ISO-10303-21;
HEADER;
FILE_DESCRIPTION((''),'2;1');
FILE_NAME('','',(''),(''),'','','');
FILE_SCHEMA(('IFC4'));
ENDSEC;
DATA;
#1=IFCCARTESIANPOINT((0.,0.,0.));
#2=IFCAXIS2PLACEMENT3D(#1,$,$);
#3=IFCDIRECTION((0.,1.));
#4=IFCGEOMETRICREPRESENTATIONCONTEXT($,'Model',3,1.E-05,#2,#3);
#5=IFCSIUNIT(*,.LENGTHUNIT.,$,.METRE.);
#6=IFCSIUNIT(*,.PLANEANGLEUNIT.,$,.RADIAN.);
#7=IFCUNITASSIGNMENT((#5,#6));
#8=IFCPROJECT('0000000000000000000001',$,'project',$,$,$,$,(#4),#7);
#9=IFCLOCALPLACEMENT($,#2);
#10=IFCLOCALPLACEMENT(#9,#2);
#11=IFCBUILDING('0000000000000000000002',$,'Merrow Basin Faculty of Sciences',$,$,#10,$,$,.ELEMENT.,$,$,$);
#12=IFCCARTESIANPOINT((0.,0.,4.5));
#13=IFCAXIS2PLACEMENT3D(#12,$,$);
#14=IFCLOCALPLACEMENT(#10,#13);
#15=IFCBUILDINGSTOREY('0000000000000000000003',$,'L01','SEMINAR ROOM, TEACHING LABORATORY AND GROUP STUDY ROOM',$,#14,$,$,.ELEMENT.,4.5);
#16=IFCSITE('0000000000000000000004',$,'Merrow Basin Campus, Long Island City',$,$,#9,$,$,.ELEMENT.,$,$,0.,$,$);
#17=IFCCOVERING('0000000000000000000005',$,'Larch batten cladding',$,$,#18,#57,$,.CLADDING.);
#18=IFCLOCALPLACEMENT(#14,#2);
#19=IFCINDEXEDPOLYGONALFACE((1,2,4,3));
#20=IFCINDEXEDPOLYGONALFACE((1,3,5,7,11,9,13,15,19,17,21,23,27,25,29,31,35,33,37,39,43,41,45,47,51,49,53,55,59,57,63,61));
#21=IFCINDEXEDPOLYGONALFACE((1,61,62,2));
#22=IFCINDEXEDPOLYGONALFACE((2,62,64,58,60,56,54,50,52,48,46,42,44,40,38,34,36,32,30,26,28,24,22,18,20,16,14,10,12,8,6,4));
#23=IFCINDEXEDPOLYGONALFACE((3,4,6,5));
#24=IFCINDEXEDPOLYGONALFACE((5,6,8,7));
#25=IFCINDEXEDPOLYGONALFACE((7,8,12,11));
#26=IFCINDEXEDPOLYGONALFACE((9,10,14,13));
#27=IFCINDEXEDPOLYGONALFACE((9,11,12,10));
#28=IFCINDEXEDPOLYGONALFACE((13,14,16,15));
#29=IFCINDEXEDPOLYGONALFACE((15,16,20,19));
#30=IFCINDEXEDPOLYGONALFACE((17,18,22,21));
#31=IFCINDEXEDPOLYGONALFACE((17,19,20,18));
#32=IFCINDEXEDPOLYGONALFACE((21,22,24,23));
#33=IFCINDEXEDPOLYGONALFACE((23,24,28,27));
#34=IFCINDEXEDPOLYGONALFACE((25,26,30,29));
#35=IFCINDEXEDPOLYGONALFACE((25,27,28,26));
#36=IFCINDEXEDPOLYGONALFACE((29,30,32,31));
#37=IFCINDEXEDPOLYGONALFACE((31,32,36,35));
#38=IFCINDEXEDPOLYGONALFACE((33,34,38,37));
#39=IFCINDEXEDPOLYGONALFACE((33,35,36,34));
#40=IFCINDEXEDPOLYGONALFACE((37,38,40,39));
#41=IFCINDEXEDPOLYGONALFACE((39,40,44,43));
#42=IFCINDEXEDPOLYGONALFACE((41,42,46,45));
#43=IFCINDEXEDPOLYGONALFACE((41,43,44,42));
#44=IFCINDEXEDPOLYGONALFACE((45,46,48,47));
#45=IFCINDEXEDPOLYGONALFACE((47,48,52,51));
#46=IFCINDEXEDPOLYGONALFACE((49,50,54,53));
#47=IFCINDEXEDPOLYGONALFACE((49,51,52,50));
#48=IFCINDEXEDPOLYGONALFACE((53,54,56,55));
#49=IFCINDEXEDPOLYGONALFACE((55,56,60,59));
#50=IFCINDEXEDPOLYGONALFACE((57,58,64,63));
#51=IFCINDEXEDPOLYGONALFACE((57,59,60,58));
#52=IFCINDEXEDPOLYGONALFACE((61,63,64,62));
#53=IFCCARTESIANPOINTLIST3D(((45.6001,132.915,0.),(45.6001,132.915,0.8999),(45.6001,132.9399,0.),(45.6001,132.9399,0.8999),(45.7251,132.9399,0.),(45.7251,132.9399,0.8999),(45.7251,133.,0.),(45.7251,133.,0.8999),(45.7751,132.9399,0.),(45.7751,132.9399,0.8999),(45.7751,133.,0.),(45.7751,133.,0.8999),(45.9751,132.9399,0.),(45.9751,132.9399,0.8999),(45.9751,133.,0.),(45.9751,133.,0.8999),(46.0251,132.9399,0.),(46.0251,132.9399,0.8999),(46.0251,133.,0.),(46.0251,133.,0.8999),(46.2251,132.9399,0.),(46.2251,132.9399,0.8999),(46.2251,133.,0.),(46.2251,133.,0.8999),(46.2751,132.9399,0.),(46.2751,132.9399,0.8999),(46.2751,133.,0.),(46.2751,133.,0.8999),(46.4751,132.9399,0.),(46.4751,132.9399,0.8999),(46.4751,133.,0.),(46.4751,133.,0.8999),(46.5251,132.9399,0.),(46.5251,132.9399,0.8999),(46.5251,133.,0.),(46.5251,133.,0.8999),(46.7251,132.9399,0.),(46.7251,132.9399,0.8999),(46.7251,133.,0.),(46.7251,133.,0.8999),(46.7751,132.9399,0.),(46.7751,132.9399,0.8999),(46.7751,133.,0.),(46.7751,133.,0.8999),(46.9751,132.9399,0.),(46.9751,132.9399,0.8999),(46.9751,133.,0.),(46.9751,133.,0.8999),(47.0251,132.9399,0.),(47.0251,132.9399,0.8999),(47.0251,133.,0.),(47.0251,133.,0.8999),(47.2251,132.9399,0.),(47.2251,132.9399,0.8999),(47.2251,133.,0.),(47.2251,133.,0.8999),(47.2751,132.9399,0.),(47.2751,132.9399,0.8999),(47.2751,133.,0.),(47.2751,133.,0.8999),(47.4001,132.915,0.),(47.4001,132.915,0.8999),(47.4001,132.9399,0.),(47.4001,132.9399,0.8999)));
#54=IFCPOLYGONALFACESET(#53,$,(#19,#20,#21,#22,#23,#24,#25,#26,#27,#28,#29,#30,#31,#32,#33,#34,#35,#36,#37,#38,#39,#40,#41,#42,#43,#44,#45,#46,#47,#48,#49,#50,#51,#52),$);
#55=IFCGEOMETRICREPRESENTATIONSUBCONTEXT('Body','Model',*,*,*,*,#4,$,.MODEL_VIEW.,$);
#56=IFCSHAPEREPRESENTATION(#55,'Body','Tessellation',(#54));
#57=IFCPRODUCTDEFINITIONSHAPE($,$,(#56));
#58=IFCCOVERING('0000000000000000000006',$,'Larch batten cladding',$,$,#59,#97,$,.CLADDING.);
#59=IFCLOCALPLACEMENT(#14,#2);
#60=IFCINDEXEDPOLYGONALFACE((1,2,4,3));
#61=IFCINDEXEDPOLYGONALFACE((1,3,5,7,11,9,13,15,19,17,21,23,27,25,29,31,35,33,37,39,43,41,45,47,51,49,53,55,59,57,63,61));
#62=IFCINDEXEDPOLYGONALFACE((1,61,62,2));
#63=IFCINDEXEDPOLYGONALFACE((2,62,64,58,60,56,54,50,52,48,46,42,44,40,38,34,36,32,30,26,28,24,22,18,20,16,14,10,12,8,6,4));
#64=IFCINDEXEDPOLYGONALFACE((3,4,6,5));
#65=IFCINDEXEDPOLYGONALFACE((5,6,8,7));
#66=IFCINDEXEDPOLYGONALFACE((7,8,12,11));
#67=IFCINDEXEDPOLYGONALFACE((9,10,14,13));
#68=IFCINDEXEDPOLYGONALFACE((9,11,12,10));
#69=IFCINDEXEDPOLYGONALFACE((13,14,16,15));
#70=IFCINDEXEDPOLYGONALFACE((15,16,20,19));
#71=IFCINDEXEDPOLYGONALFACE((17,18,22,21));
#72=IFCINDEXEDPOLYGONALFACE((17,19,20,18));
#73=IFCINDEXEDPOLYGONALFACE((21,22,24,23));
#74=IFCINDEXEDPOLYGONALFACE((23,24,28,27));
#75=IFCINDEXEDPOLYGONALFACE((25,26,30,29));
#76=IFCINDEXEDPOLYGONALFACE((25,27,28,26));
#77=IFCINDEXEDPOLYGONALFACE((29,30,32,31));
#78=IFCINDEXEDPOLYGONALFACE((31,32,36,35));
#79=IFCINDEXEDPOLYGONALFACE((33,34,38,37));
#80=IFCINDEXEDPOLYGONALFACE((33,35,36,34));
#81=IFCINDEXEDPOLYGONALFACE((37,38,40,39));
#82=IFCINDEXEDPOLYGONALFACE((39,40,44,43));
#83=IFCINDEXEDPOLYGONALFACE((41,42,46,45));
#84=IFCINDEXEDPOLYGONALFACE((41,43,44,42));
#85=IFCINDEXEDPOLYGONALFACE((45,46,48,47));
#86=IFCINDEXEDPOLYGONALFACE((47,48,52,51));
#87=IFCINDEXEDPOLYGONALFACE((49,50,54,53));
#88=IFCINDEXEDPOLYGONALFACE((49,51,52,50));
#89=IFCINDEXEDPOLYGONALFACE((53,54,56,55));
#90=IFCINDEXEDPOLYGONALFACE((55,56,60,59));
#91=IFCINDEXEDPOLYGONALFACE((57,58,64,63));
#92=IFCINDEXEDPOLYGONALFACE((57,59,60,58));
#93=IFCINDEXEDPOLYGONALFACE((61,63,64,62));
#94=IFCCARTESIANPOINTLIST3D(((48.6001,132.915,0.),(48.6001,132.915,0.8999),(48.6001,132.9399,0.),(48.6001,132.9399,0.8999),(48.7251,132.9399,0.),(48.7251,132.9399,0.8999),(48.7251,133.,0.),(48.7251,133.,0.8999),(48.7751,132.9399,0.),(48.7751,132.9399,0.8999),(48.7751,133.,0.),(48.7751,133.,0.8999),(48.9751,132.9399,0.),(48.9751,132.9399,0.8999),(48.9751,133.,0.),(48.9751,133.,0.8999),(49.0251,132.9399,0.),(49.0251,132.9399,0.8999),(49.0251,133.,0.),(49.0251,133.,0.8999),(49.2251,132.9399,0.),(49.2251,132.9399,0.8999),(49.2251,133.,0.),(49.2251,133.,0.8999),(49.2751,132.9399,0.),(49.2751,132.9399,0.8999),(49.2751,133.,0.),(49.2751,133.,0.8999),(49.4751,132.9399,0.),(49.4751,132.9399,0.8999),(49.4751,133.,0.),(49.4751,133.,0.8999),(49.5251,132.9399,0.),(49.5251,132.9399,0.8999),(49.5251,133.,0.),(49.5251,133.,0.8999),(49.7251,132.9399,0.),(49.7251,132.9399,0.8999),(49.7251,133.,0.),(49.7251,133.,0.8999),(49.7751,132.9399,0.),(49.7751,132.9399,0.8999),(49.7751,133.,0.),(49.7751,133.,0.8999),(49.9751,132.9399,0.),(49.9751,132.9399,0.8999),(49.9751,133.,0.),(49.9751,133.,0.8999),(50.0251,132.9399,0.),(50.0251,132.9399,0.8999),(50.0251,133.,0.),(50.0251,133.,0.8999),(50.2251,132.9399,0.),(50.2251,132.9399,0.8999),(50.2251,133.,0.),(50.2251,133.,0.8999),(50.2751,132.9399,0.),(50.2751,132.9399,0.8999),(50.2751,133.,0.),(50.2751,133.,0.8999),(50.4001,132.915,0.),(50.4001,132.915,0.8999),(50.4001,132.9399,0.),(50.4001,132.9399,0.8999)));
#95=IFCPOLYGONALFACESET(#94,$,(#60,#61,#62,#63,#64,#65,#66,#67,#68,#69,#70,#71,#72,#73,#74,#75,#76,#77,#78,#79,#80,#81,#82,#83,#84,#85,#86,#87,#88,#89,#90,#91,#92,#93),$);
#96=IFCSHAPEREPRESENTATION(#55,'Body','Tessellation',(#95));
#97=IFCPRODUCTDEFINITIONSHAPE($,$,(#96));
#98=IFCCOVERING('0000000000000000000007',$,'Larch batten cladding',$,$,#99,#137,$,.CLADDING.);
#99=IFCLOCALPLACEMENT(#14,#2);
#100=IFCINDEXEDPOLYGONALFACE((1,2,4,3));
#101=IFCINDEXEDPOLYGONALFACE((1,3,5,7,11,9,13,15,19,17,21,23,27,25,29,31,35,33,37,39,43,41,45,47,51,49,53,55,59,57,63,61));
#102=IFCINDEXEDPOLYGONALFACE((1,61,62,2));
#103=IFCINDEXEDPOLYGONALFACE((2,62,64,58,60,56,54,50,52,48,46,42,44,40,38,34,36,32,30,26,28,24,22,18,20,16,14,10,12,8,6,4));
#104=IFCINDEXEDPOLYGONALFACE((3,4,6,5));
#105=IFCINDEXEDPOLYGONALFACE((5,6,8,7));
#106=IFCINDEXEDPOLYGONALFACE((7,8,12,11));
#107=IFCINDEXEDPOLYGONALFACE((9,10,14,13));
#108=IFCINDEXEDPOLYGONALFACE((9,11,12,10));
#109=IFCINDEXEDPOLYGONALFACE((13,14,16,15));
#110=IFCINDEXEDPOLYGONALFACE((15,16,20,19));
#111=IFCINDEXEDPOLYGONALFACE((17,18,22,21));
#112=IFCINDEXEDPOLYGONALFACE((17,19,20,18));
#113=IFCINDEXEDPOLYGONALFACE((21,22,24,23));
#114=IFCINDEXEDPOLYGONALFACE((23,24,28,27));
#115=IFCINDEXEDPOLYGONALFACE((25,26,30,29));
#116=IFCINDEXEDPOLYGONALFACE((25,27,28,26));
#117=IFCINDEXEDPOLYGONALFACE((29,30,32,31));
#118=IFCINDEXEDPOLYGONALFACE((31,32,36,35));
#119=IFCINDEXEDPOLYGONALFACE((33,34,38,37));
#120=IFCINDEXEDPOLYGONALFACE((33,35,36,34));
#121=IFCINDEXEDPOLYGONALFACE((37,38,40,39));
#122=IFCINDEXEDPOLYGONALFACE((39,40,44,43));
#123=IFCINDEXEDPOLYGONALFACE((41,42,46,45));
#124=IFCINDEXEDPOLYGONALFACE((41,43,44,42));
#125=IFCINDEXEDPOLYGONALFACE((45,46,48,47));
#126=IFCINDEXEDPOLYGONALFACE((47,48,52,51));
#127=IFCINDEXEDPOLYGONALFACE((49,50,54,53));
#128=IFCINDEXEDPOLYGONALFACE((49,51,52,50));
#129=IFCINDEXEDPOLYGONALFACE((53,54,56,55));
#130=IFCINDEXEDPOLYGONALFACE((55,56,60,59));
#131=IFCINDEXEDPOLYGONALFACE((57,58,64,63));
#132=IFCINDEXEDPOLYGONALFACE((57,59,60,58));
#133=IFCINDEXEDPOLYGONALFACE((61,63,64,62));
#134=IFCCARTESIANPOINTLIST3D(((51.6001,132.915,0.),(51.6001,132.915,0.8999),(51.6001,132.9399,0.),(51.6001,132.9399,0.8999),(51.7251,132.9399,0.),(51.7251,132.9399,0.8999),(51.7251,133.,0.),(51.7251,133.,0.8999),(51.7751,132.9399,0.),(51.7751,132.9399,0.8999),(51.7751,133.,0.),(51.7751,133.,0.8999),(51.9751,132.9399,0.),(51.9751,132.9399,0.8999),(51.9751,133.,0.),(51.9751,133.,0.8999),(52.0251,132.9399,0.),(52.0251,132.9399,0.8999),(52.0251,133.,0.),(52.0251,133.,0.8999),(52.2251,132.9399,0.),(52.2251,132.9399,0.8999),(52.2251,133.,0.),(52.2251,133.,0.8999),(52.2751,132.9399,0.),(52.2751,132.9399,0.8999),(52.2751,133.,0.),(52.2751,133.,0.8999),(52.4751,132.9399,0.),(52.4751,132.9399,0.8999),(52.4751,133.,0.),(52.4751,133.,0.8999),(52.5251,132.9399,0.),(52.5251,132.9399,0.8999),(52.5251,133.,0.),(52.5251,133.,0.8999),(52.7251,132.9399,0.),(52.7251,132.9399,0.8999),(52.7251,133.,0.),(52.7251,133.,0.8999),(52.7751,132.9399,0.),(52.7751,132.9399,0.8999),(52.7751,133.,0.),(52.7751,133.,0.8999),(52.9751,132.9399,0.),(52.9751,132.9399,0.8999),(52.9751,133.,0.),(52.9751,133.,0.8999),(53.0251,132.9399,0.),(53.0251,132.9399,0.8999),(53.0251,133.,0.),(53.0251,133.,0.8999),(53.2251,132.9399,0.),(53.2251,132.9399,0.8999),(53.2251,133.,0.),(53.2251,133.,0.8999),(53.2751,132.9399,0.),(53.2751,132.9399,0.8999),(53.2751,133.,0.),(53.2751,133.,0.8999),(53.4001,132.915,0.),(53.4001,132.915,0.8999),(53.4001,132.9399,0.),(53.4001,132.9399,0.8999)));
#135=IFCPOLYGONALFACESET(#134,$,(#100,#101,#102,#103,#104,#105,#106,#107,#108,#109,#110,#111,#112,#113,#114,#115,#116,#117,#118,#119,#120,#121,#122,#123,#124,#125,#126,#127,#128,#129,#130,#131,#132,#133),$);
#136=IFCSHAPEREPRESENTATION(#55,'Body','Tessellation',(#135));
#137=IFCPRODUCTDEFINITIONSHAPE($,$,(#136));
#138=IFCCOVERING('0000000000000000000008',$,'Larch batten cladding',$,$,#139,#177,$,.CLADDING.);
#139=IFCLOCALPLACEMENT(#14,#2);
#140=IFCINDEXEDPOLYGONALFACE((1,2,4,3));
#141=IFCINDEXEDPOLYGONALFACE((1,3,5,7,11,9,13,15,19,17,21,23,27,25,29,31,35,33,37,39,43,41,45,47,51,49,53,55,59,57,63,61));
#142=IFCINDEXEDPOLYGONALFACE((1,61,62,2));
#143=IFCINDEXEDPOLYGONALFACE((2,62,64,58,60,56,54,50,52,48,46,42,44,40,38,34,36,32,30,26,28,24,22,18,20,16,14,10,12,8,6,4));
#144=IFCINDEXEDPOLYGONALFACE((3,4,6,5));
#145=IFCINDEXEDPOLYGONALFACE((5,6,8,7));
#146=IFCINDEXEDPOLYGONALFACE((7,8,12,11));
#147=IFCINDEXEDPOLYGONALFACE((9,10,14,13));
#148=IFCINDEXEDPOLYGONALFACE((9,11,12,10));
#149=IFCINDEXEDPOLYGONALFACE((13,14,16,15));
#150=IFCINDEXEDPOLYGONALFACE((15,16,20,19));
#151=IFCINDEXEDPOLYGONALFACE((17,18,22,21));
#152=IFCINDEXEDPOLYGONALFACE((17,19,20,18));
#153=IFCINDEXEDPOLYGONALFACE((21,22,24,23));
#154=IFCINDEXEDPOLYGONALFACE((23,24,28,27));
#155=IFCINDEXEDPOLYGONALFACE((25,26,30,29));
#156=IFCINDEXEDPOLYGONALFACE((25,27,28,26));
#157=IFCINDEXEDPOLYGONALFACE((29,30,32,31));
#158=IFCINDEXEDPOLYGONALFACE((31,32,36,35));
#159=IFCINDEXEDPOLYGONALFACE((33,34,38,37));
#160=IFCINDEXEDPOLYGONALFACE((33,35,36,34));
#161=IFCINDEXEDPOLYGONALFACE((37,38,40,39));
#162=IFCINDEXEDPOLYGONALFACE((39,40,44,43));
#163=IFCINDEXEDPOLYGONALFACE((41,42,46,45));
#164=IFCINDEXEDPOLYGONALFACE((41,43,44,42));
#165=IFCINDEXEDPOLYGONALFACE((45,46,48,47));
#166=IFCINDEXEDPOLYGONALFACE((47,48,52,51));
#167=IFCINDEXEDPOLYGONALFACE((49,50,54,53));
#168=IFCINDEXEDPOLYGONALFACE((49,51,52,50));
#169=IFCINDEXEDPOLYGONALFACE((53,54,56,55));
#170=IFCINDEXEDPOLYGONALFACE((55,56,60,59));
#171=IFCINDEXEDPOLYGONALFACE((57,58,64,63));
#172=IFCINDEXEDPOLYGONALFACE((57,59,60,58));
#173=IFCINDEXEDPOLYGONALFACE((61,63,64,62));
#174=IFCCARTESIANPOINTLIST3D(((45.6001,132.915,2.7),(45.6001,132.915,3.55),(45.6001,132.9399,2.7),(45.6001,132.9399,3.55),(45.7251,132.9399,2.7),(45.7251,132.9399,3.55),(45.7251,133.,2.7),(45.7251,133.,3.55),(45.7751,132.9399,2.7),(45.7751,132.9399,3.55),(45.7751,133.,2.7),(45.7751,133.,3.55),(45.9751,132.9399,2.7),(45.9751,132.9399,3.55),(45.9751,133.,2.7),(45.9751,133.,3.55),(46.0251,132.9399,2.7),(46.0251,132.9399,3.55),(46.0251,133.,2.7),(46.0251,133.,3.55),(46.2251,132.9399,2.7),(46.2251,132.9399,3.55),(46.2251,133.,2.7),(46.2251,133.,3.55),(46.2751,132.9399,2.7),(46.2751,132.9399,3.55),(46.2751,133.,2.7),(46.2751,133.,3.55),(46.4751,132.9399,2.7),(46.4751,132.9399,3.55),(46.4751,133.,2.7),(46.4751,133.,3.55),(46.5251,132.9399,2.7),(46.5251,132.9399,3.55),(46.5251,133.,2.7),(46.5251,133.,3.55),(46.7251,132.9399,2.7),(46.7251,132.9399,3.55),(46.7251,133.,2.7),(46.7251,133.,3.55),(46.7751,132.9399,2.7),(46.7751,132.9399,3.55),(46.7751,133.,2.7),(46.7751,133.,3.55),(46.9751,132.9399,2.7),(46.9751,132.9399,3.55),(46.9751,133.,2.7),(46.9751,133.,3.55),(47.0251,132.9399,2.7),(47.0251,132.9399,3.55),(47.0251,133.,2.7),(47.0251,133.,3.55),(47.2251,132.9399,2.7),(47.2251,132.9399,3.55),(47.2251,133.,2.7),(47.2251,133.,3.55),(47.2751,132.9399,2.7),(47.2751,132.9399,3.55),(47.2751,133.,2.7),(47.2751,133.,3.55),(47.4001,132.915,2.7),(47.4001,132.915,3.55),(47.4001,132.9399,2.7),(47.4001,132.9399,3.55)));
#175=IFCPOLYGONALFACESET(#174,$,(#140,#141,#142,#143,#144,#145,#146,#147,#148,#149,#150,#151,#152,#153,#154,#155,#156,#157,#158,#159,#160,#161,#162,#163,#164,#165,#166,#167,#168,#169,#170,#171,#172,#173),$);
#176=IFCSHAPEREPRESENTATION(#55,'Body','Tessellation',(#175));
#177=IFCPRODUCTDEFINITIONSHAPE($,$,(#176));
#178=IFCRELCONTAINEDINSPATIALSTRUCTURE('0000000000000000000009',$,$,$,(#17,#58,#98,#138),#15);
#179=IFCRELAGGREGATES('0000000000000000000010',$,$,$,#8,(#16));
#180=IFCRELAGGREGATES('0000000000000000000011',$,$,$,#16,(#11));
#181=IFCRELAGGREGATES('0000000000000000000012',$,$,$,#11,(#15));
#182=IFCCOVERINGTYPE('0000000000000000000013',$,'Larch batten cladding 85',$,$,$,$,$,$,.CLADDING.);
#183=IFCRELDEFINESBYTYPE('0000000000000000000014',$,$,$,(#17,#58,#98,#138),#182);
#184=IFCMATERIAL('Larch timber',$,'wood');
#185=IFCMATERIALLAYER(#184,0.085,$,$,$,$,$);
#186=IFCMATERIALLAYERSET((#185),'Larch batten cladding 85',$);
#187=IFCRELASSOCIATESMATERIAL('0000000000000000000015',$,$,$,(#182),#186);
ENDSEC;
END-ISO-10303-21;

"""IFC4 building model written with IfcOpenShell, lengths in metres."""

from ifc_helpers import new_model, si_unit, direction, frame, origin, place, context, subcontext, project, spatial, polyline, outline, extrude, source, transform, mapped, material, layer, layer_set, type_object, element, save


model = new_model("IFC4")

# Units and contexts
model_context = context("Model", 3, precision=1e-05, world=origin(), true_north=direction((0.0, 1.0)))
body_context = subcontext(model_context, "Body", "Model", "MODEL_VIEW")
ifc_project = project(units=[si_unit("LENGTHUNIT", "METRE"), si_unit("PLANEANGLEUNIT", "RADIAN")], contexts=[model_context])

# Site, building, storey
site_placement = place(None, origin())
site = spatial("IfcSite", under=ifc_project, at=site_placement, Name="Merrow Basin Campus, Long Island City", CompositionType="ELEMENT", RefElevation=0.0)
building_placement = place(site_placement, origin())
building = spatial("IfcBuilding", under=site, at=building_placement, Name="Merrow Basin Faculty of Sciences", CompositionType="ELEMENT")
storey_placement = place(building_placement, frame((0.0, 0.0, 4.5)))
storey = spatial("IfcBuildingStorey", under=building, at=storey_placement, Name="L01", Description="SEMINAR ROOM, TEACHING LABORATORY AND GROUP STUDY ROOM", CompositionType="ELEMENT", Elevation=4.5)

# Coverings
ifc_material_1 = material(Name="Larch timber", Category="wood")
ifc_layer_1 = layer(ifc_material_1, 0.085)
ifc_layer_set_1 = layer_set([ifc_layer_1], Name="Larch batten cladding 85")
covering_type = type_object("IfcCoveringType", Name="Larch batten cladding 85", PredefinedType="CLADDING", material=ifc_layer_set_1)
shared_shape_1 = source(origin(), body_context, "Body", "SweptSolid", [
    extrude(outline(polyline([(0.0, 0.0), (1.8, 0.0), (1.8, 0.0249), (1.675, 0.0249), (1.675, 0.085), (1.625, 0.085), (1.625, 0.0249), (1.425, 0.0249), (1.425, 0.085), (1.375, 0.085), (1.375, 0.0249), (1.175, 0.0249), (1.175, 0.085), (1.125, 0.085), (1.125, 0.0249), (0.925, 0.0249), (0.925, 0.085), (0.875, 0.085), (0.875, 0.0249), (0.675, 0.0249), (0.675, 0.085), (0.625, 0.085), (0.625, 0.0249), (0.425, 0.0249), (0.425, 0.085), (0.375, 0.085), (0.375, 0.0249), (0.175, 0.0249), (0.175, 0.085), (0.125, 0.085), (0.125, 0.0249), (0.0, 0.0249), (0.0, 0.0)])), origin(), (0.0, 0.0, 1.0), 0.8999),
])
for number, where, z_axis, x_axis, name in (
    (1, (45.6001, 132.915, 0.0), (0.0, 0.0, 1.0), (1.0, 0.0, 0.0), "Larch batten cladding"),
    (2, (48.6001, 132.915, 0.0), (0.0, 0.0, 1.0), (1.0, 0.0, 0.0), "Larch batten cladding"),
    (3, (51.6001, 132.915, 0.0), (0.0, 0.0, 1.0), (1.0, 0.0, 0.0), "Larch batten cladding"),
):
    element("IfcCovering", number, at=place(storey_placement, frame(where, z_axis=z_axis, x_axis=x_axis)), inside=storey, type_object=covering_type, Name=name, PredefinedType="CLADDING", context=body_context, shape_type="MappedRepresentation", body=[
        mapped(shared_shape_1, transform((0.0, 0.0, 0.0), scale=1.0)),
    ])
shared_shape_2 = source(origin(), body_context, "Body", "SweptSolid", [
    extrude(outline(polyline([(0.0, 0.0), (1.8, 0.0), (1.8, 0.0249), (1.675, 0.0249), (1.675, 0.085), (1.625, 0.085), (1.625, 0.0249), (1.425, 0.0249), (1.425, 0.085), (1.375, 0.085), (1.375, 0.0249), (1.175, 0.0249), (1.175, 0.085), (1.125, 0.085), (1.125, 0.0249), (0.925, 0.0249), (0.925, 0.085), (0.875, 0.085), (0.875, 0.0249), (0.675, 0.0249), (0.675, 0.085), (0.625, 0.085), (0.625, 0.0249), (0.425, 0.0249), (0.425, 0.085), (0.375, 0.085), (0.375, 0.0249), (0.175, 0.0249), (0.175, 0.085), (0.125, 0.085), (0.125, 0.0249), (0.0, 0.0249), (0.0, 0.0)])), origin(), (0.0, 0.0, 1.0), 0.8501),
])
for number, where, z_axis, x_axis, name in (
    (4, (45.6001, 132.915, 2.7), (0.0, 0.0, 1.0), (1.0, 0.0, 0.0), "Larch batten cladding"),
):
    element("IfcCovering", number, at=place(storey_placement, frame(where, z_axis=z_axis, x_axis=x_axis)), inside=storey, type_object=covering_type, Name=name, PredefinedType="CLADDING", context=body_context, shape_type="MappedRepresentation", body=[
        mapped(shared_shape_2, transform((0.0, 0.0, 0.0), scale=1.0)),
    ])

save(model, "model.ifc")
